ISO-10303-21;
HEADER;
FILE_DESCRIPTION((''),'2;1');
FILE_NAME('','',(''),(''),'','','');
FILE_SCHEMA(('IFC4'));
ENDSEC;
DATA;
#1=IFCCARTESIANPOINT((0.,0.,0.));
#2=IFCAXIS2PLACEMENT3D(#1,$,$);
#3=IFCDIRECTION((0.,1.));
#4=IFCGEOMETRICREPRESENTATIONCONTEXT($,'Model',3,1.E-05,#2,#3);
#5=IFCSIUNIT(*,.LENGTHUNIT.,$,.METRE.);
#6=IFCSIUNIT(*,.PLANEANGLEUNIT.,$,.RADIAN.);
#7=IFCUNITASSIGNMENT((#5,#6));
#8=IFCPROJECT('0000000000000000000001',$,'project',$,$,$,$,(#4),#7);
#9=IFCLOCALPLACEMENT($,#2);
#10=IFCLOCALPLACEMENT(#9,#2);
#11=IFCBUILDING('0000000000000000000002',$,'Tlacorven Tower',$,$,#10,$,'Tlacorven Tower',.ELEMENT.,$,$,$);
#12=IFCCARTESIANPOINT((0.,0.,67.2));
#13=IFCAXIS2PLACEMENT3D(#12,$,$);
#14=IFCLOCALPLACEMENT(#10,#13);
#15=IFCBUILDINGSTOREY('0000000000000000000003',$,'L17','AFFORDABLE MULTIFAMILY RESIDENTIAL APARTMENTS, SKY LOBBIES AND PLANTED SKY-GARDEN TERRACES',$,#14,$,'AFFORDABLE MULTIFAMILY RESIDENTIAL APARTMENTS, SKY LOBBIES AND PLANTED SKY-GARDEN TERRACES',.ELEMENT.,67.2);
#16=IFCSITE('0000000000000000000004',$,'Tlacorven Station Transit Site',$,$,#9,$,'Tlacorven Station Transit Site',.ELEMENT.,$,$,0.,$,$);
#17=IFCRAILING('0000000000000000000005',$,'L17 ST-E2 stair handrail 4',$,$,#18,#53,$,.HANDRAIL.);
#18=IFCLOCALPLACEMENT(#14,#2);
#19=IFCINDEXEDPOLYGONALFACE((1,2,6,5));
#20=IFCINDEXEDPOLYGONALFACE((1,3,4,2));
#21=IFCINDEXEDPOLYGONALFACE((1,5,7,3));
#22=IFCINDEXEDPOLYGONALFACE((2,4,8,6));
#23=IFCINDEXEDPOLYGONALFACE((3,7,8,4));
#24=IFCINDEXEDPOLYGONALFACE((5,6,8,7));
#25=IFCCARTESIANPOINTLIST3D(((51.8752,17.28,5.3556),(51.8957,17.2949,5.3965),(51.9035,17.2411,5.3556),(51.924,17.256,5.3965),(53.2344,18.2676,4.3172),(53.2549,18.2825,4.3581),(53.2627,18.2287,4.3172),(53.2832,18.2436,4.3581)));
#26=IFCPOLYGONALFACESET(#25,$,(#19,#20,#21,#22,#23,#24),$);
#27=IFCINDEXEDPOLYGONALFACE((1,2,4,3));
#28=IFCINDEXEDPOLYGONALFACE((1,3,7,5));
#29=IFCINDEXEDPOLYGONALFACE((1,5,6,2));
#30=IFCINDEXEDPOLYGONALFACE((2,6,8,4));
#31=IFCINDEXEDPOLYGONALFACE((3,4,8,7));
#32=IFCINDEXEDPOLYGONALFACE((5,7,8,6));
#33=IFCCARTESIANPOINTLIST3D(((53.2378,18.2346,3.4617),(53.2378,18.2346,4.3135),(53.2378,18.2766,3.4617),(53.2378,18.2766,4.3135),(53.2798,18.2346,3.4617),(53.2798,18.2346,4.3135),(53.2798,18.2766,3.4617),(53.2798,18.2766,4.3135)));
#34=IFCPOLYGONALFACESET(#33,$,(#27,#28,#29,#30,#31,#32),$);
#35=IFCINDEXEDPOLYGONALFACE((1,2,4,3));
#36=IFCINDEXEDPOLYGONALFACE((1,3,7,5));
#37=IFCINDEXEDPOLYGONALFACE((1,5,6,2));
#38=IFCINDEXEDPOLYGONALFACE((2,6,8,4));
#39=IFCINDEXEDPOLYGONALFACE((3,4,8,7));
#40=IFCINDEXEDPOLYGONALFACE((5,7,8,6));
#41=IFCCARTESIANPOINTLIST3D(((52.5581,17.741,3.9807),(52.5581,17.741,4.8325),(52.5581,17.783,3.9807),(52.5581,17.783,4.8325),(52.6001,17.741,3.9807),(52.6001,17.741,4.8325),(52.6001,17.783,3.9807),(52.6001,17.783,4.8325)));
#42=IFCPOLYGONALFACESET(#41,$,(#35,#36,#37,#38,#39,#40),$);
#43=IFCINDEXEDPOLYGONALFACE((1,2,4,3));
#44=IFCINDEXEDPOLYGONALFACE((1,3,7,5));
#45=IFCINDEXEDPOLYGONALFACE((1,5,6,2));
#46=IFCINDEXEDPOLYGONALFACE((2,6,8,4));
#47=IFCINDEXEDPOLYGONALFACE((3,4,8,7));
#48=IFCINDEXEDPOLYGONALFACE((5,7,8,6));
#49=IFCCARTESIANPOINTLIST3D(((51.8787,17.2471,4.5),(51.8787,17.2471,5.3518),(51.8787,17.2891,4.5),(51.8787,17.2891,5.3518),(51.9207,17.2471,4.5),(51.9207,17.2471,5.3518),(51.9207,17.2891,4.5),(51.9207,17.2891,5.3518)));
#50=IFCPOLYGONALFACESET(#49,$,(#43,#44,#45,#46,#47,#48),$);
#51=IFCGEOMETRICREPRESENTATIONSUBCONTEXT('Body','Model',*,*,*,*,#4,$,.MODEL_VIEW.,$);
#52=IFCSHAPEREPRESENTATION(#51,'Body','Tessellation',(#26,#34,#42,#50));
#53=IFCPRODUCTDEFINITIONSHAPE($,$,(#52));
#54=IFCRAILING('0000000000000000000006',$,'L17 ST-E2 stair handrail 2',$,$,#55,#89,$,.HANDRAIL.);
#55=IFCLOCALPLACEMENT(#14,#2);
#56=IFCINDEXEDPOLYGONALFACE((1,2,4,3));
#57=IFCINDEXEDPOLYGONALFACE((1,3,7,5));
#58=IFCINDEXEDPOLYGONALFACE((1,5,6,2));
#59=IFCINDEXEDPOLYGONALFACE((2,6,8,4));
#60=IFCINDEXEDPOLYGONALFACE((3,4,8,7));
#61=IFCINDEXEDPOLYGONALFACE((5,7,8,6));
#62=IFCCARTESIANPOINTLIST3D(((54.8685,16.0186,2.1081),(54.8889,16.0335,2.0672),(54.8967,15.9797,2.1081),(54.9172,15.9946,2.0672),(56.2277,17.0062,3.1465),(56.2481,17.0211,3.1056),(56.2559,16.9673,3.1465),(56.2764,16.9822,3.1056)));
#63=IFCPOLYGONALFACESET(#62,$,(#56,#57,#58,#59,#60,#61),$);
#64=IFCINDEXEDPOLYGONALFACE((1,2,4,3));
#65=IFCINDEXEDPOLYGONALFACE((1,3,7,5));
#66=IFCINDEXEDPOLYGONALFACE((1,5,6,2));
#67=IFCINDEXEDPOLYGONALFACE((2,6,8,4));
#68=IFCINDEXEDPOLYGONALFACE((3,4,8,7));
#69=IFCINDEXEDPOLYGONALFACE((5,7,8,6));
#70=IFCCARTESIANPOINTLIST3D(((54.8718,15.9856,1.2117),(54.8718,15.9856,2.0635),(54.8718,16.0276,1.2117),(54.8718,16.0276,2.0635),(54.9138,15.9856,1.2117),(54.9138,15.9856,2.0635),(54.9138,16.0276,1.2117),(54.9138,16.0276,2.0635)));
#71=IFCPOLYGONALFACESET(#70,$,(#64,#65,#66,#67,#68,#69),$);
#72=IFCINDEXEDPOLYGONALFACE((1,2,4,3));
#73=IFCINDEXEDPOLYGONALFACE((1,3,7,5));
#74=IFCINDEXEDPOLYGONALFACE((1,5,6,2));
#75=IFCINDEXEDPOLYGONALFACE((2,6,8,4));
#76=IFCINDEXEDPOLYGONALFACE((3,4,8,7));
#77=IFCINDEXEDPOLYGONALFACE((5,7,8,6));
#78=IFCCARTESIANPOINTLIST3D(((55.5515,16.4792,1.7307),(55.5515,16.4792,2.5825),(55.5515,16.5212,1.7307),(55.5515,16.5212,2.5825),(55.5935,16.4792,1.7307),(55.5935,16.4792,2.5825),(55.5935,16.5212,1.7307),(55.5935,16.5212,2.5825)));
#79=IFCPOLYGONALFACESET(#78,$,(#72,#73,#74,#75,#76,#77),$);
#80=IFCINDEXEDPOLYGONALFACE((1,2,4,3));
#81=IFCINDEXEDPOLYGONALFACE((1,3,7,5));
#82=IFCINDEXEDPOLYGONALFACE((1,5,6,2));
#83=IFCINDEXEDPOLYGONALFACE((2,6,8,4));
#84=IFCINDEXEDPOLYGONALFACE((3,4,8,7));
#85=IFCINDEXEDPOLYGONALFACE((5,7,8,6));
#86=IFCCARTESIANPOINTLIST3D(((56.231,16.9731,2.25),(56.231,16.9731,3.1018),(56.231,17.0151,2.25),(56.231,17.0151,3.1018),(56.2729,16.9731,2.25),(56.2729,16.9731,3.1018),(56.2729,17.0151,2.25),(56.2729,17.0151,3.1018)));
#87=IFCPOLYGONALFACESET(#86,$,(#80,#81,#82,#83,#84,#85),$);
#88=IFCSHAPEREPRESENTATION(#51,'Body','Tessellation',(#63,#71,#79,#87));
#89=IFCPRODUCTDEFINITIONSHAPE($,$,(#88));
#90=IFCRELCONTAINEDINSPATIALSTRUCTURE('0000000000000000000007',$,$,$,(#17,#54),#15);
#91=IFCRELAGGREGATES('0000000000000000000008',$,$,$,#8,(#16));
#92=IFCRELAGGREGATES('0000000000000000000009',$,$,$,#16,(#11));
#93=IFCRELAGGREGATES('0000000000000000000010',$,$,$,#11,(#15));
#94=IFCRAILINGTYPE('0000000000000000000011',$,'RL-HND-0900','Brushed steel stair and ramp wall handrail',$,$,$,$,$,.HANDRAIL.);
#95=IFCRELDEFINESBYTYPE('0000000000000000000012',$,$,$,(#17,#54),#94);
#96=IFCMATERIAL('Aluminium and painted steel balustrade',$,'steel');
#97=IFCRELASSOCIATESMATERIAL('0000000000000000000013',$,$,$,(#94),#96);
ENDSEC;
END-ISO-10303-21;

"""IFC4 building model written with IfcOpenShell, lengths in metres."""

from ifc_helpers import new_model, si_unit, direction, frame, origin, origin_2d, place, context, subcontext, project, spatial, rectangle, extrude, source, transform, mapped, material, type_object, element, save


model = new_model("IFC4")

# Units and contexts
model_context = context("Model", 3, precision=1e-05, world=origin(), true_north=direction((0.0, 1.0)))
body_context = subcontext(model_context, "Body", "Model", "MODEL_VIEW")
ifc_project = project(units=[si_unit("LENGTHUNIT", "METRE"), si_unit("PLANEANGLEUNIT", "RADIAN")], contexts=[model_context])

# Site, building, storey
site_placement = place(None, origin())
site = spatial("IfcSite", under=ifc_project, at=site_placement, Name="Tlacorven Station Transit Site", LongName="Tlacorven Station Transit Site", CompositionType="ELEMENT", RefElevation=0.0)
building_placement = place(site_placement, origin())
building = spatial("IfcBuilding", under=site, at=building_placement, Name="Tlacorven Tower", LongName="Tlacorven Tower", CompositionType="ELEMENT")
storey_placement = place(building_placement, frame((0.0, 0.0, 67.2)))
storey = spatial("IfcBuildingStorey", under=building, at=storey_placement, Name="L17", Description="AFFORDABLE MULTIFAMILY RESIDENTIAL APARTMENTS, SKY LOBBIES AND PLANTED SKY-GARDEN TERRACES", LongName="AFFORDABLE MULTIFAMILY RESIDENTIAL APARTMENTS, SKY LOBBIES AND PLANTED SKY-GARDEN TERRACES", CompositionType="ELEMENT", Elevation=67.2)

# Railings
ifc_material_1 = material(Name="Aluminium and painted steel balustrade", Category="steel")
railing_type_1 = type_object("IfcRailingType", Name="RL-HND-0900", Description="Brushed steel stair and ramp wall handrail", PredefinedType="HANDRAIL", material=ifc_material_1)
shared_shape_1 = source(origin(), body_context, "Body", "SweptSolid", [
    extrude(rectangle(XDim=0.0481, YDim=0.0481, at=origin_2d()), frame((0.0, 0.0, 0.876), z_axis=(-0.688168, -0.500025, 0.525737), x_axis=(0.587817, -0.808994, 0.0)), (0.0, 0.0, 1.0), 1.9751),
    extrude(rectangle(XDim=0.042, YDim=0.042, at=origin_2d()), origin(), (0.0, 0.0, 1.0), 0.8518),
    extrude(rectangle(XDim=0.042, YDim=0.042, at=origin_2d()), frame((-0.6797, -0.4937, 0.519)), (0.0, 0.0, 1.0), 0.8518),
    extrude(rectangle(XDim=0.042, YDim=0.042, at=origin_2d()), frame((-1.3591, -0.9875, 1.0383)), (0.0, 0.0, 1.0), 0.8518),
])
railing_1_placement = place(storey_placement, frame((53.2588, 18.2556, 3.4617)))
element("IfcRailing", 1, at=railing_1_placement, inside=storey, type_object=railing_type_1, Name="L17 ST-E2 stair handrail 4", PredefinedType="HANDRAIL", context=body_context, shape_type="MappedRepresentation", body=[
    mapped(shared_shape_1, transform((0.0, 0.0, 0.0), scale=1.0)),
])
shared_shape_2 = source(origin(), body_context, "Body", "SweptSolid", [
    extrude(rectangle(XDim=0.0481, YDim=0.0481, at=origin_2d()), frame((0.0, 0.0, 0.876), z_axis=(0.688168, 0.500025, 0.525737), x_axis=(-0.587817, 0.808994, 0.0)), (0.0, 0.0, 1.0), 1.9751),
    extrude(rectangle(XDim=0.042, YDim=0.042, at=origin_2d()), origin(), (0.0, 0.0, 1.0), 0.8518),
    extrude(rectangle(XDim=0.042, YDim=0.042, at=origin_2d()), frame((0.6797, 0.4937, 0.519)), (0.0, 0.0, 1.0), 0.8518),
    extrude(rectangle(XDim=0.042, YDim=0.042, at=origin_2d()), frame((1.3591, 0.9875, 1.0383)), (0.0, 0.0, 1.0), 0.8518),
])
railing_2_placement = place(storey_placement, frame((54.8928, 16.0066, 1.2117)))
element("IfcRailing", 2, at=railing_2_placement, inside=storey, type_object=railing_type_1, Name="L17 ST-E2 stair handrail 2", PredefinedType="HANDRAIL", context=body_context, shape_type="MappedRepresentation", body=[
    mapped(shared_shape_2, transform((0.0, 0.0, 0.0), scale=1.0)),
])

save(model, "model.ifc")
